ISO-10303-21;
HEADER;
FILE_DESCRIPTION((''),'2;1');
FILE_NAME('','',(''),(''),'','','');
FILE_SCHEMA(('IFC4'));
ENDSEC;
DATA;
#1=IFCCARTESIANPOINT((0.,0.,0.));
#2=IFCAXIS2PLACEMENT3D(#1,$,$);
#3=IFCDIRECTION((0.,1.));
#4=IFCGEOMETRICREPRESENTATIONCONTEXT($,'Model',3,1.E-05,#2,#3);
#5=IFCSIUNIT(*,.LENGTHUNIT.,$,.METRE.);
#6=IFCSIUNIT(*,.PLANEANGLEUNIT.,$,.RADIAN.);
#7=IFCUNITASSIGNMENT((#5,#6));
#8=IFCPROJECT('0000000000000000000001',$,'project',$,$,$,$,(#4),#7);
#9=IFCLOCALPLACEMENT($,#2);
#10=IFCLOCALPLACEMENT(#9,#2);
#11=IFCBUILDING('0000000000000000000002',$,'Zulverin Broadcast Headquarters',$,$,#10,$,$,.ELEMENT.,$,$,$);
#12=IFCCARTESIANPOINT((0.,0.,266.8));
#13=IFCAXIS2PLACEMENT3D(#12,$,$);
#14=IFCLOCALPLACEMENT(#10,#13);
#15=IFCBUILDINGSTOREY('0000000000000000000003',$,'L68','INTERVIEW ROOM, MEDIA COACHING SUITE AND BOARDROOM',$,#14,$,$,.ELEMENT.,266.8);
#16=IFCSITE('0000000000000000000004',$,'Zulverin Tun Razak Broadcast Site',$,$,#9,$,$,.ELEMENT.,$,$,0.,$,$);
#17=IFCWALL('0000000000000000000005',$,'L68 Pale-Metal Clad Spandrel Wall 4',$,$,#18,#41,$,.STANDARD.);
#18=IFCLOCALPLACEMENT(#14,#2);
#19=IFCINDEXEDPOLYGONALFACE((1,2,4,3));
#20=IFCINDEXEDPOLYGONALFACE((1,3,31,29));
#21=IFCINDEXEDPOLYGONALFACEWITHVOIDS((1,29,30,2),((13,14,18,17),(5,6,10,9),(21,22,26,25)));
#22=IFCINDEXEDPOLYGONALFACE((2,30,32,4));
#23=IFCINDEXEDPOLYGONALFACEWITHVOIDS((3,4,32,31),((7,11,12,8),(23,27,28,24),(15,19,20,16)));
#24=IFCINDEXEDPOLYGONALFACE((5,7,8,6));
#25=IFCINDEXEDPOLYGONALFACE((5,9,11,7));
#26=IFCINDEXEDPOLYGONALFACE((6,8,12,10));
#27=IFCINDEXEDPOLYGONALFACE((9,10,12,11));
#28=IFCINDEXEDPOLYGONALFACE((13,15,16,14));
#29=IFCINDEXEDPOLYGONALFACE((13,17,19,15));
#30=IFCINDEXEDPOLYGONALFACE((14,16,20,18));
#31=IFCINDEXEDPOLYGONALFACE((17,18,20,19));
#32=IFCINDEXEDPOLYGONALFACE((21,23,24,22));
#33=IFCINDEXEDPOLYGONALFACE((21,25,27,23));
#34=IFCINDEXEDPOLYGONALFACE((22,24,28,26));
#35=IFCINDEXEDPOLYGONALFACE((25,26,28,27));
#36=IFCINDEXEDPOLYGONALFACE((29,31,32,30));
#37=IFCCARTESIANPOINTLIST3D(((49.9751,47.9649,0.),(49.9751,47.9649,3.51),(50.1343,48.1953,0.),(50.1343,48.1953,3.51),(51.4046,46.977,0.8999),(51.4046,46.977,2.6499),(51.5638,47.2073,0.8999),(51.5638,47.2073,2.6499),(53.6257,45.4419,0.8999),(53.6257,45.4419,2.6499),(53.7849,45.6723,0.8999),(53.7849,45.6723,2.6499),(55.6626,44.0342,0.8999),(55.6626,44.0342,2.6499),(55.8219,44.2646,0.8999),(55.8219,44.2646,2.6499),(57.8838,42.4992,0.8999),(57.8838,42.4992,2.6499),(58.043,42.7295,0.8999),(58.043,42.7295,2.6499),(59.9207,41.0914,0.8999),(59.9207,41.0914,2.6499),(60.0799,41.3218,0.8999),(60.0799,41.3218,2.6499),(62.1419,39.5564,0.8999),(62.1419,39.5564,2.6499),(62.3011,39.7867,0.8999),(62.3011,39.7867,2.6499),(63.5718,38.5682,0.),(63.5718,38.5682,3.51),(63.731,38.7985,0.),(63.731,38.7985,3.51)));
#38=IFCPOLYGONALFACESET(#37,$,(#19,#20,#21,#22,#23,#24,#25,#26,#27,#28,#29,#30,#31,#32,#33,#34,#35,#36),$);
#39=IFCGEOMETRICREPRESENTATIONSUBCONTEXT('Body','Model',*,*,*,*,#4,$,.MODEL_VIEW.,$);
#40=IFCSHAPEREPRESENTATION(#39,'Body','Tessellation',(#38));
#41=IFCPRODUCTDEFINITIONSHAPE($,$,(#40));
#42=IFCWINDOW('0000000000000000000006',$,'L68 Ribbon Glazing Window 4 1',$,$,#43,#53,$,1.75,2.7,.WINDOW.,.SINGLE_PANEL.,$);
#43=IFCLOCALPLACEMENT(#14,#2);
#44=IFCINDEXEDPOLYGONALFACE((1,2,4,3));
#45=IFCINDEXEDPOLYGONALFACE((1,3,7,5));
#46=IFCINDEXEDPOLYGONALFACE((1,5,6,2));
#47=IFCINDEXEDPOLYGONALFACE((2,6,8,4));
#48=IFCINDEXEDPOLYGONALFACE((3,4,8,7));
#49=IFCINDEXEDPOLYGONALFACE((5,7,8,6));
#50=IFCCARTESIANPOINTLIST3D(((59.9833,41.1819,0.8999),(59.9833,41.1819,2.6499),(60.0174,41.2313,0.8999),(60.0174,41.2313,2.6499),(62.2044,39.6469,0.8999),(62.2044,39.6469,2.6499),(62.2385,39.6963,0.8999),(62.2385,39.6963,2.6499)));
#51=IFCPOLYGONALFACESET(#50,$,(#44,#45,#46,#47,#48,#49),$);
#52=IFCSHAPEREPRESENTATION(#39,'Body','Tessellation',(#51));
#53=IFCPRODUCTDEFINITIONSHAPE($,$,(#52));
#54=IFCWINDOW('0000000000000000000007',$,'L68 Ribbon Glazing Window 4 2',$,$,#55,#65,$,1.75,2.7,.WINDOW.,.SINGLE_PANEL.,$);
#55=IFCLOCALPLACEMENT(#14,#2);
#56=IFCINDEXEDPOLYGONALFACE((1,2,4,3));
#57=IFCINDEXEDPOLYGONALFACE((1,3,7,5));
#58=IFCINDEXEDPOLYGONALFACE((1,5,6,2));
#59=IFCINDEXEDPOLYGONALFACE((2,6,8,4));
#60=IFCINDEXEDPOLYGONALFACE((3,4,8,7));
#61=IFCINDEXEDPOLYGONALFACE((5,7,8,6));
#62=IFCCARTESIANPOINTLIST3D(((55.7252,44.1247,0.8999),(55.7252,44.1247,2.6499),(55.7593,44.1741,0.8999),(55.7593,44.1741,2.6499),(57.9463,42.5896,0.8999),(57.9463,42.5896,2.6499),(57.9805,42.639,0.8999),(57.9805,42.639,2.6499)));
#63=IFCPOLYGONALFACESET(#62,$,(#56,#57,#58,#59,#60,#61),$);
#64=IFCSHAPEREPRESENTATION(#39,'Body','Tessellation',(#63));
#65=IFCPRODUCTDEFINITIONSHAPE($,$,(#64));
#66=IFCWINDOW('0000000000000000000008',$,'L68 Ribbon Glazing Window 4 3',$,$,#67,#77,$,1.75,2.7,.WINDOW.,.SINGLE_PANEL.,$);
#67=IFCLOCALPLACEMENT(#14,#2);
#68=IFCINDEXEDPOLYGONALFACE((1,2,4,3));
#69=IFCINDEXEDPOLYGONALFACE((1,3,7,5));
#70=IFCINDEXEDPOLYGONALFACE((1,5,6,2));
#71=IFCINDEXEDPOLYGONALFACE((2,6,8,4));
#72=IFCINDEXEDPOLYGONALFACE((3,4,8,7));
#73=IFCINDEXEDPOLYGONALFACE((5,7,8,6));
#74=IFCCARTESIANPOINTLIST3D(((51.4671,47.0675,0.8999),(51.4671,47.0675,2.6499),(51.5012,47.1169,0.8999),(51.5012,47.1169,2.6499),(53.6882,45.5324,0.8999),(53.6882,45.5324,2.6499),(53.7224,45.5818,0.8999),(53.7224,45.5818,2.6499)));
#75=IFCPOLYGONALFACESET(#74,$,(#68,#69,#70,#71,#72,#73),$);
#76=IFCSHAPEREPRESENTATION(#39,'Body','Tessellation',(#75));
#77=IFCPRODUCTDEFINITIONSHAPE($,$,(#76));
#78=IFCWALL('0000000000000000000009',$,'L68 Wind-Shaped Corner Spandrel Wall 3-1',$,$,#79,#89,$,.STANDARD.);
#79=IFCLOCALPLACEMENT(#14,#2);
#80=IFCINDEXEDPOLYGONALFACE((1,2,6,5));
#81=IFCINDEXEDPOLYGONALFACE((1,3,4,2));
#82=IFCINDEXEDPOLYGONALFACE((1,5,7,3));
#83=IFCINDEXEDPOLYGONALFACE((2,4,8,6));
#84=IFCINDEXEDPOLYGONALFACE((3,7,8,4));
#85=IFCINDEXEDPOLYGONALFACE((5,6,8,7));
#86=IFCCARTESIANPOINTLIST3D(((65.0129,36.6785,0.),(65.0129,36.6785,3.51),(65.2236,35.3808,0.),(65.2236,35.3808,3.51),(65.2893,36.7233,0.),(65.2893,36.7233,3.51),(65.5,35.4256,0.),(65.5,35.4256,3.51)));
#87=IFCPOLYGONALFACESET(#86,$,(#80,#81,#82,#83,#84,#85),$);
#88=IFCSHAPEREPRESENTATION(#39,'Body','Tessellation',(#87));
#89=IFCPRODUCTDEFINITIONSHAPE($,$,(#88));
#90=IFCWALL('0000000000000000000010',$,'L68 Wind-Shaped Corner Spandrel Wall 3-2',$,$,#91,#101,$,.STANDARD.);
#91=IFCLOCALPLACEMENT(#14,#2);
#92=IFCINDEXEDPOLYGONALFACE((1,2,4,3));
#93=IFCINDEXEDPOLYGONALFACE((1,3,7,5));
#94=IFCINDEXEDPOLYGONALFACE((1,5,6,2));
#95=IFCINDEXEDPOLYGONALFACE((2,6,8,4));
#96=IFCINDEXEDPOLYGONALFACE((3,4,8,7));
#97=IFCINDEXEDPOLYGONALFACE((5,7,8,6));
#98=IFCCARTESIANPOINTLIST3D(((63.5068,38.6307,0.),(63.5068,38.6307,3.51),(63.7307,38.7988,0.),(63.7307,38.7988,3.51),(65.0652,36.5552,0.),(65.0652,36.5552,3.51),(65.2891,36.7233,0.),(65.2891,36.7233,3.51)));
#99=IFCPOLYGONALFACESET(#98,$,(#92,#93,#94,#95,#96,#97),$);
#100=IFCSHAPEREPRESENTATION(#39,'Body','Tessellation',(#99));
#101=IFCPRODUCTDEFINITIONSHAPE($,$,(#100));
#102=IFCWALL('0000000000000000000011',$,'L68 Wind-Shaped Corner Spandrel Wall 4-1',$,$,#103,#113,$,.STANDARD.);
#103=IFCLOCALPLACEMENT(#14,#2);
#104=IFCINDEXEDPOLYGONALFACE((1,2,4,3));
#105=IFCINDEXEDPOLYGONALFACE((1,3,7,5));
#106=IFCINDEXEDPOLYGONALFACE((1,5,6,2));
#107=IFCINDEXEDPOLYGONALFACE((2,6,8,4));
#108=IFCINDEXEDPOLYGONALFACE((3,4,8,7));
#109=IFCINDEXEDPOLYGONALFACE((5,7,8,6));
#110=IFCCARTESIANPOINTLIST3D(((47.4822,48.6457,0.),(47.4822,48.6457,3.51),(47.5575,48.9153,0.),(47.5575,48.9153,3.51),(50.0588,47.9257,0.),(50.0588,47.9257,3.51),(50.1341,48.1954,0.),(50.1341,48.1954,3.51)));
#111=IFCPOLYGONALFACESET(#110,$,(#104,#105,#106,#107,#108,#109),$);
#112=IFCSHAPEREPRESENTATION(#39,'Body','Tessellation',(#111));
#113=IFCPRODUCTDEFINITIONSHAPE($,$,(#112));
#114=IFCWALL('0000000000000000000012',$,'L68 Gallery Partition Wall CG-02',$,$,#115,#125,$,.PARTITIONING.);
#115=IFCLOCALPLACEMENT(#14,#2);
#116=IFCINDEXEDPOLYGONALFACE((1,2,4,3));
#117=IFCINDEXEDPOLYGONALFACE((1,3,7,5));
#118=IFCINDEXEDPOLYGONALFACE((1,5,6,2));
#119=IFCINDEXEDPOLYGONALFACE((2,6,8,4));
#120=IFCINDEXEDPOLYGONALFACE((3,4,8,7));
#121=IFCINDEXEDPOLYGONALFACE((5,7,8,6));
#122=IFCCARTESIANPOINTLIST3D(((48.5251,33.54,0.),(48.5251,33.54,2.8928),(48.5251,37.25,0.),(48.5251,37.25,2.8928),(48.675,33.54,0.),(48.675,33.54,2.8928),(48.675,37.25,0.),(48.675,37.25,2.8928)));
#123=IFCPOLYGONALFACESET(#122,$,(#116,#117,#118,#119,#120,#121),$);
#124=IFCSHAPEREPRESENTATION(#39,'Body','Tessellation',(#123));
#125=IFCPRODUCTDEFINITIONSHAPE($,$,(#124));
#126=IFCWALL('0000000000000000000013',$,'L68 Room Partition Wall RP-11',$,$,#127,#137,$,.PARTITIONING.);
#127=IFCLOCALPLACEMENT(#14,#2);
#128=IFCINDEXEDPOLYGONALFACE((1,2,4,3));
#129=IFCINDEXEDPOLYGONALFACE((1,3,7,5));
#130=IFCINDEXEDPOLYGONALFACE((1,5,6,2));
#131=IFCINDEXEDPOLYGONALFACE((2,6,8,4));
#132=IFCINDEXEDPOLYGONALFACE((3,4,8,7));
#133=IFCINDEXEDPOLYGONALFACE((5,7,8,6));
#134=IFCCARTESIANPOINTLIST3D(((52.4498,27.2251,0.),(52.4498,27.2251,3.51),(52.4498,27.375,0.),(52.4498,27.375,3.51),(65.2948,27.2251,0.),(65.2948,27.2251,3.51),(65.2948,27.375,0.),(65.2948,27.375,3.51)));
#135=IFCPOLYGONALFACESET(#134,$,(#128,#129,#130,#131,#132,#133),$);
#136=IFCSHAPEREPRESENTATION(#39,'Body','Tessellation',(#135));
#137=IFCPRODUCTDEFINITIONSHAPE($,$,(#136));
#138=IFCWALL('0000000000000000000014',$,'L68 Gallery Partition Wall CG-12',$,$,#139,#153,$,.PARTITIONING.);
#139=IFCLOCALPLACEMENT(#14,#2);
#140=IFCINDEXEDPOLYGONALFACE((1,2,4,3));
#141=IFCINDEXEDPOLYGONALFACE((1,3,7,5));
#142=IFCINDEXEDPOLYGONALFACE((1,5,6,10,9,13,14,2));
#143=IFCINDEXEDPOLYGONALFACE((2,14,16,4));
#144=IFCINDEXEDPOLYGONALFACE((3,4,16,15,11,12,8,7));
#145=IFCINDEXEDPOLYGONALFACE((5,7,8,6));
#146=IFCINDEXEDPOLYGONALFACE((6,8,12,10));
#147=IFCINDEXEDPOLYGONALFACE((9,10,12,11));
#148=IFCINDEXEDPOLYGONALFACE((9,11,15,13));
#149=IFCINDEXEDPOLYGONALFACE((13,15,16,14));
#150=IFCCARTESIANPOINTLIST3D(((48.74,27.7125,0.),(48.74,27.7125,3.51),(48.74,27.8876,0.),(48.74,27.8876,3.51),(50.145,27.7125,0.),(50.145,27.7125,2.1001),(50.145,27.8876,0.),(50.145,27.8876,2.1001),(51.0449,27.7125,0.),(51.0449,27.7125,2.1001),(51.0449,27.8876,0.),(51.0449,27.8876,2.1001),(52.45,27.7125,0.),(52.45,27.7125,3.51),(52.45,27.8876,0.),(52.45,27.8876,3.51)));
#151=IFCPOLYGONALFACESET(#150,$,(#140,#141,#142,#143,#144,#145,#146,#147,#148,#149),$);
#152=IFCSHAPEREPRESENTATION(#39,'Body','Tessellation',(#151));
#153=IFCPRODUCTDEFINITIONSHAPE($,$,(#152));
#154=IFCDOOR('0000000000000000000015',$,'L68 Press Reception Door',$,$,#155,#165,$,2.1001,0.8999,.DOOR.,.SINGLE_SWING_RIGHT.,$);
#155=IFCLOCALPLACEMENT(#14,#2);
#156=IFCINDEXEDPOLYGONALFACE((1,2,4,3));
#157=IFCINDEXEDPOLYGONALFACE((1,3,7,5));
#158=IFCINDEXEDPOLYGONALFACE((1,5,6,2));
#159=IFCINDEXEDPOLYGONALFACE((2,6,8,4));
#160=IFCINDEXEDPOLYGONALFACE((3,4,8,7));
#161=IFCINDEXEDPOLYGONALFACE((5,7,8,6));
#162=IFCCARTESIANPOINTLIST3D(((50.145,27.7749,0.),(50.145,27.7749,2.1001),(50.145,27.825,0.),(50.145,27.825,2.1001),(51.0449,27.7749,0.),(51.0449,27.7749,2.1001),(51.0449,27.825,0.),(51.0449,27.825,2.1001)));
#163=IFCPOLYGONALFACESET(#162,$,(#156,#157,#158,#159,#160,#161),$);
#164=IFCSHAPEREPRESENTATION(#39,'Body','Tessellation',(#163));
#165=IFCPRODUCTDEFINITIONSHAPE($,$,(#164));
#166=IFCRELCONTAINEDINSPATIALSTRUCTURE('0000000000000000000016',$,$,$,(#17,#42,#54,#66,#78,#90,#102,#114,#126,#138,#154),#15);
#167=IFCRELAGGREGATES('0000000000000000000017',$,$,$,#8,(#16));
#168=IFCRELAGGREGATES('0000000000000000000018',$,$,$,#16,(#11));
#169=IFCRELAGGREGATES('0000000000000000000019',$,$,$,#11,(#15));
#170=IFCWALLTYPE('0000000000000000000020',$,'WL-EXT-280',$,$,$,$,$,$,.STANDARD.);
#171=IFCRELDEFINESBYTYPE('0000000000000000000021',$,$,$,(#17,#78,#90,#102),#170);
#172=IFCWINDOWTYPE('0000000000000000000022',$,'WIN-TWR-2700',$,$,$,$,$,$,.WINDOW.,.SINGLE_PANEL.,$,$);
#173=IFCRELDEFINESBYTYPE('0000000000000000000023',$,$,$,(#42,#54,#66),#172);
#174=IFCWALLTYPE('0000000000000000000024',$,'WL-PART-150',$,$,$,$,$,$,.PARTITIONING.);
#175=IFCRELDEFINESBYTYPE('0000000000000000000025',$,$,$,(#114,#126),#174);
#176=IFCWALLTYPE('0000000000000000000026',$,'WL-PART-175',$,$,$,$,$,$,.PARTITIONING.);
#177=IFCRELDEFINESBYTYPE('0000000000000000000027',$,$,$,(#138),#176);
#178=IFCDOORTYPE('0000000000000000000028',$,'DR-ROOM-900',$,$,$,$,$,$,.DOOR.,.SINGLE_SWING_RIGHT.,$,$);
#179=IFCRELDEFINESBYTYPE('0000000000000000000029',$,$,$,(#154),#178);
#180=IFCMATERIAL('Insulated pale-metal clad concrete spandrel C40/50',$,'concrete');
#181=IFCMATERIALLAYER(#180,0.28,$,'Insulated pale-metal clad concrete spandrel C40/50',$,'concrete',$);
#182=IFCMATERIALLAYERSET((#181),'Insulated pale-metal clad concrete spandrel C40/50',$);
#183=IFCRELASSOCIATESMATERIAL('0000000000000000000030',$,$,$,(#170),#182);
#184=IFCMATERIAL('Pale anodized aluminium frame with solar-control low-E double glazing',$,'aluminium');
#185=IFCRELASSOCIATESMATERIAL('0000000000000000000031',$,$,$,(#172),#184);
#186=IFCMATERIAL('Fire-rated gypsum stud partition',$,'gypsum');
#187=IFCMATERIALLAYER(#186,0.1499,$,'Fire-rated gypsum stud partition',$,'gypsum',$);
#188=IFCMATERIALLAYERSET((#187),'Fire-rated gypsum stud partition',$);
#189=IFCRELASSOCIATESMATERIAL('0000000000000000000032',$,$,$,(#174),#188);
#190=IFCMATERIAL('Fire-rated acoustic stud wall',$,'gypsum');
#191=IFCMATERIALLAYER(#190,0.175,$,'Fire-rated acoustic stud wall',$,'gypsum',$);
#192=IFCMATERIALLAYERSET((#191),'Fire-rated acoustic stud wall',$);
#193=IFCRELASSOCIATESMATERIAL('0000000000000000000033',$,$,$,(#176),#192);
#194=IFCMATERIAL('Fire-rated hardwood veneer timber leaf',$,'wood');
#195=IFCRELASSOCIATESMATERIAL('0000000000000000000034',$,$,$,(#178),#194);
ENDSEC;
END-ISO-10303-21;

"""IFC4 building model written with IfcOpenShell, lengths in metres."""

from ifc_helpers import new_model, si_unit, direction, frame, frame_2d, origin, place, context, subcontext, project, spatial, rectangle, extrude, material, layer, layer_set, type_object, element, fill, save


model = new_model("IFC4")

# Units and contexts
model_context = context("Model", 3, precision=1e-05, world=origin(), true_north=direction((0.0, 1.0)))
body_context = subcontext(model_context, "Body", "Model", "MODEL_VIEW")
ifc_project = project(units=[si_unit("LENGTHUNIT", "METRE"), si_unit("PLANEANGLEUNIT", "RADIAN")], contexts=[model_context])

# Site, building, storey
site_placement = place(None, origin())
site = spatial("IfcSite", under=ifc_project, at=site_placement, Name="Zulverin Tun Razak Broadcast Site", CompositionType="ELEMENT", RefElevation=0.0)
building_placement = place(site_placement, origin())
building = spatial("IfcBuilding", under=site, at=building_placement, Name="Zulverin Broadcast Headquarters", CompositionType="ELEMENT")
storey_placement = place(building_placement, frame((0.0, 0.0, 266.8)))
storey = spatial("IfcBuildingStorey", under=building, at=storey_placement, Name="L68", Description="INTERVIEW ROOM, MEDIA COACHING SUITE AND BOARDROOM", CompositionType="ELEMENT", Elevation=266.8)

# Wall, openings, windows
ifc_material_1 = material(Name="Insulated pale-metal clad concrete spandrel C40/50", Category="concrete")
ifc_layer_1 = layer(ifc_material_1, 0.28, Name="Insulated pale-metal clad concrete spandrel C40/50", Category="concrete")
ifc_layer_set_1 = layer_set([ifc_layer_1], Name="Insulated pale-metal clad concrete spandrel C40/50")
wall_type_1 = type_object("IfcWallType", Name="WL-EXT-280", PredefinedType="STANDARD", material=ifc_layer_set_1)
wall_1_placement = place(storey_placement, frame((63.6514, 38.6833, 0.0), z_axis=(0.0, 0.0, 1.0), x_axis=(-0.822655, 0.568541, 0.0)))
wall_1 = element("IfcWall", 1, at=wall_1_placement, inside=storey, type_object=wall_type_1, Name="L68 Pale-Metal Clad Spandrel Wall 4", PredefinedType="STANDARD", context=body_context, shape_type="SweptSolid", body=[
    extrude(rectangle(XDim=16.5278, YDim=0.28, at=frame_2d((8.2639, 0.0))), origin(), (0.0, 0.0, 1.0), 3.51),
])
opening_1_placement = place(wall_1_placement, frame((1.738, 0.0, 0.8999)))
opening_1 = element("IfcOpeningElement", 2, at=opening_1_placement, cuts=wall_1, PredefinedType="OPENING", context=body_context, shape_type="SweptSolid", body=[
    extrude(rectangle(XDim=2.7, YDim=1.75, at=frame_2d((1.3501, 0.875))), frame((0.0, 0.1499, 0.0), z_axis=(0.0, -1.0, 0.0), x_axis=(1.0, 0.0, 0.0)), (0.0, 0.0, 1.0), 0.3),
])
opening_2_placement = place(wall_1_placement, frame((6.9141, 0.0, 0.8999)))
opening_2 = element("IfcOpeningElement", 3, at=opening_2_placement, cuts=wall_1, PredefinedType="OPENING", context=body_context, shape_type="SweptSolid", body=[
    extrude(rectangle(XDim=2.7, YDim=1.75, at=frame_2d((1.3501, 0.875))), frame((0.0, 0.1499, 0.0), z_axis=(0.0, -1.0, 0.0), x_axis=(1.0, 0.0, 0.0)), (0.0, 0.0, 1.0), 0.3),
])
opening_3_placement = place(wall_1_placement, frame((12.0901, 0.0, 0.8999)))
opening_3 = element("IfcOpeningElement", 4, at=opening_3_placement, cuts=wall_1, PredefinedType="OPENING", context=body_context, shape_type="SweptSolid", body=[
    extrude(rectangle(XDim=2.7, YDim=1.75, at=frame_2d((1.3501, 0.875))), frame((0.0, 0.1499, 0.0), z_axis=(0.0, -1.0, 0.0), x_axis=(1.0, 0.0, 0.0)), (0.0, 0.0, 1.0), 0.3),
])
ifc_material_2 = material(Name="Pale anodized aluminium frame with solar-control low-E double glazing", Category="aluminium")
window_type = type_object("IfcWindowType", Name="WIN-TWR-2700", PartitioningType="SINGLE_PANEL", PredefinedType="WINDOW", material=ifc_material_2)
window_1_placement = place(opening_1_placement, origin())
window_1 = element("IfcWindow", 5, at=window_1_placement, inside=storey, type_object=window_type, Name="L68 Ribbon Glazing Window 4 1", OverallHeight=1.75, OverallWidth=2.7, PartitioningType="SINGLE_PANEL", PredefinedType="WINDOW", context=body_context, shape_type="SweptSolid", body=[
    extrude(rectangle(XDim=2.7, YDim=1.75, at=frame_2d((1.3501, 0.875))), frame((0.0, 0.03, 0.0), z_axis=(0.0, -1.0, 0.0), x_axis=(1.0, 0.0, 0.0)), (0.0, 0.0, 1.0), 0.0601),
])
fill(opening_1, window_1)
window_2_placement = place(opening_2_placement, origin())
window_2 = element("IfcWindow", 6, at=window_2_placement, inside=storey, type_object=window_type, Name="L68 Ribbon Glazing Window 4 2", OverallHeight=1.75, OverallWidth=2.7, PartitioningType="SINGLE_PANEL", PredefinedType="WINDOW", context=body_context, shape_type="SweptSolid", body=[
    extrude(rectangle(XDim=2.7, YDim=1.75, at=frame_2d((1.3501, 0.875))), frame((0.0, 0.03, 0.0), z_axis=(0.0, -1.0, 0.0), x_axis=(1.0, 0.0, 0.0)), (0.0, 0.0, 1.0), 0.0601),
])
fill(opening_2, window_2)
window_3_placement = place(opening_3_placement, origin())
window_3 = element("IfcWindow", 7, at=window_3_placement, inside=storey, type_object=window_type, Name="L68 Ribbon Glazing Window 4 3", OverallHeight=1.75, OverallWidth=2.7, PartitioningType="SINGLE_PANEL", PredefinedType="WINDOW", context=body_context, shape_type="SweptSolid", body=[
    extrude(rectangle(XDim=2.7, YDim=1.75, at=frame_2d((1.3501, 0.875))), frame((0.0, 0.03, 0.0), z_axis=(0.0, -1.0, 0.0), x_axis=(1.0, 0.0, 0.0)), (0.0, 0.0, 1.0), 0.0601),
])
fill(opening_3, window_3)

# Walls
wall_2_placement = place(storey_placement, frame((65.3618, 35.4033, 0.0), z_axis=(0.0, 0.0, 1.0), x_axis=(-0.160272, 0.987073, 0.0)))
element("IfcWall", 8, at=wall_2_placement, inside=storey, type_object=wall_type_1, Name="L68 Wind-Shaped Corner Spandrel Wall 3-1", PredefinedType="STANDARD", context=body_context, shape_type="SweptSolid", body=[
    extrude(rectangle(XDim=1.3147, YDim=0.28, at=frame_2d((0.6572, 0.0))), origin(), (0.0, 0.0, 1.0), 3.51),
])
wall_3_placement = place(storey_placement, frame((65.1772, 36.6392, 0.0), z_axis=(0.0, 0.0, 1.0), x_axis=(-0.600436, 0.799673, 0.0)))
element("IfcWall", 9, at=wall_3_placement, inside=storey, type_object=wall_type_1, Name="L68 Wind-Shaped Corner Spandrel Wall 3-2", PredefinedType="STANDARD", context=body_context, shape_type="SweptSolid", body=[
    extrude(rectangle(XDim=2.5955, YDim=0.28, at=frame_2d((1.2979, 0.0))), origin(), (0.0, 0.0, 1.0), 3.51),
])
wall_4_placement = place(storey_placement, frame((50.0964, 48.0605, 0.0), z_axis=(0.0, 0.0, 1.0), x_axis=(-0.963109, 0.269112, 0.0)))
element("IfcWall", 10, at=wall_4_placement, inside=storey, type_object=wall_type_1, Name="L68 Wind-Shaped Corner Spandrel Wall 4-1", PredefinedType="STANDARD", context=body_context, shape_type="SweptSolid", body=[
    extrude(rectangle(XDim=2.6753, YDim=0.28, at=frame_2d((1.3376, 0.0))), origin(), (0.0, 0.0, 1.0), 3.51),
])
ifc_material_3 = material(Name="Fire-rated gypsum stud partition", Category="gypsum")
ifc_layer_2 = layer(ifc_material_3, 0.1499, Name="Fire-rated gypsum stud partition", Category="gypsum")
ifc_layer_set_2 = layer_set([ifc_layer_2], Name="Fire-rated gypsum stud partition")
wall_type_2 = type_object("IfcWallType", Name="WL-PART-150", PredefinedType="PARTITIONING", material=ifc_layer_set_2)
wall_5_placement = place(storey_placement, frame((48.6001, 33.54, 0.0), z_axis=(0.0, 0.0, 1.0), x_axis=(0.0, 1.0, 0.0)))
element("IfcWall", 11, at=wall_5_placement, inside=storey, type_object=wall_type_2, Name="L68 Gallery Partition Wall CG-02", PredefinedType="PARTITIONING", context=body_context, shape_type="SweptSolid", body=[
    extrude(rectangle(XDim=3.71, YDim=0.1499, at=frame_2d((1.855, 0.0))), origin(), (0.0, 0.0, 1.0), 2.8928),
])
wall_6_placement = place(storey_placement, frame((52.45, 27.3, 0.0), z_axis=(0.0, 0.0, 1.0), x_axis=(1.0, 0.0, 0.0)))
element("IfcWall", 12, at=wall_6_placement, inside=storey, type_object=wall_type_2, Name="L68 Room Partition Wall RP-11", PredefinedType="PARTITIONING", context=body_context, shape_type="SweptSolid", body=[
    extrude(rectangle(XDim=12.845, YDim=0.1499, at=frame_2d((6.4224, 0.0))), origin(), (0.0, 0.0, 1.0), 3.51),
])

# Wall, opening, door
ifc_material_4 = material(Name="Fire-rated acoustic stud wall", Category="gypsum")
ifc_layer_3 = layer(ifc_material_4, 0.175, Name="Fire-rated acoustic stud wall", Category="gypsum")
ifc_layer_set_3 = layer_set([ifc_layer_3], Name="Fire-rated acoustic stud wall")
wall_type_3 = type_object("IfcWallType", Name="WL-PART-175", PredefinedType="PARTITIONING", material=ifc_layer_set_3)
wall_7_placement = place(storey_placement, frame((48.74, 27.8, 0.0), z_axis=(0.0, 0.0, 1.0), x_axis=(1.0, 0.0, 0.0)))
wall_7 = element("IfcWall", 13, at=wall_7_placement, inside=storey, type_object=wall_type_3, Name="L68 Gallery Partition Wall CG-12", PredefinedType="PARTITIONING", context=body_context, shape_type="SweptSolid", body=[
    extrude(rectangle(XDim=3.71, YDim=0.175, at=frame_2d((1.855, 0.0))), origin(), (0.0, 0.0, 1.0), 3.51),
])
opening_4_placement = place(wall_7_placement, frame((1.405, 0.0, 0.0)))
opening_4 = element("IfcOpeningElement", 14, at=opening_4_placement, cuts=wall_7, PredefinedType="OPENING", context=body_context, shape_type="SweptSolid", body=[
    extrude(rectangle(XDim=0.8999, YDim=2.1001, at=frame_2d((0.45, 1.05))), frame((0.0, 0.0974, 0.0), z_axis=(0.0, -1.0, 0.0), x_axis=(1.0, 0.0, 0.0)), (0.0, 0.0, 1.0), 0.1951),
])
ifc_material_5 = material(Name="Fire-rated hardwood veneer timber leaf", Category="wood")
door_type = type_object("IfcDoorType", Name="DR-ROOM-900", OperationType="SINGLE_SWING_RIGHT", PredefinedType="DOOR", material=ifc_material_5)
door_placement = place(opening_4_placement, origin())
door = element("IfcDoor", 15, at=door_placement, inside=storey, type_object=door_type, Name="L68 Press Reception Door", OperationType="SINGLE_SWING_RIGHT", OverallHeight=2.1001, OverallWidth=0.8999, PredefinedType="DOOR", context=body_context, shape_type="SweptSolid", body=[
    extrude(rectangle(XDim=0.8999, YDim=2.1001, at=frame_2d((0.45, 1.05))), frame((0.0, 0.0249, 0.0), z_axis=(0.0, -1.0, 0.0), x_axis=(1.0, 0.0, 0.0)), (0.0, 0.0, 1.0), 0.05),
])
fill(opening_4, door)

save(model, "model.ifc")
